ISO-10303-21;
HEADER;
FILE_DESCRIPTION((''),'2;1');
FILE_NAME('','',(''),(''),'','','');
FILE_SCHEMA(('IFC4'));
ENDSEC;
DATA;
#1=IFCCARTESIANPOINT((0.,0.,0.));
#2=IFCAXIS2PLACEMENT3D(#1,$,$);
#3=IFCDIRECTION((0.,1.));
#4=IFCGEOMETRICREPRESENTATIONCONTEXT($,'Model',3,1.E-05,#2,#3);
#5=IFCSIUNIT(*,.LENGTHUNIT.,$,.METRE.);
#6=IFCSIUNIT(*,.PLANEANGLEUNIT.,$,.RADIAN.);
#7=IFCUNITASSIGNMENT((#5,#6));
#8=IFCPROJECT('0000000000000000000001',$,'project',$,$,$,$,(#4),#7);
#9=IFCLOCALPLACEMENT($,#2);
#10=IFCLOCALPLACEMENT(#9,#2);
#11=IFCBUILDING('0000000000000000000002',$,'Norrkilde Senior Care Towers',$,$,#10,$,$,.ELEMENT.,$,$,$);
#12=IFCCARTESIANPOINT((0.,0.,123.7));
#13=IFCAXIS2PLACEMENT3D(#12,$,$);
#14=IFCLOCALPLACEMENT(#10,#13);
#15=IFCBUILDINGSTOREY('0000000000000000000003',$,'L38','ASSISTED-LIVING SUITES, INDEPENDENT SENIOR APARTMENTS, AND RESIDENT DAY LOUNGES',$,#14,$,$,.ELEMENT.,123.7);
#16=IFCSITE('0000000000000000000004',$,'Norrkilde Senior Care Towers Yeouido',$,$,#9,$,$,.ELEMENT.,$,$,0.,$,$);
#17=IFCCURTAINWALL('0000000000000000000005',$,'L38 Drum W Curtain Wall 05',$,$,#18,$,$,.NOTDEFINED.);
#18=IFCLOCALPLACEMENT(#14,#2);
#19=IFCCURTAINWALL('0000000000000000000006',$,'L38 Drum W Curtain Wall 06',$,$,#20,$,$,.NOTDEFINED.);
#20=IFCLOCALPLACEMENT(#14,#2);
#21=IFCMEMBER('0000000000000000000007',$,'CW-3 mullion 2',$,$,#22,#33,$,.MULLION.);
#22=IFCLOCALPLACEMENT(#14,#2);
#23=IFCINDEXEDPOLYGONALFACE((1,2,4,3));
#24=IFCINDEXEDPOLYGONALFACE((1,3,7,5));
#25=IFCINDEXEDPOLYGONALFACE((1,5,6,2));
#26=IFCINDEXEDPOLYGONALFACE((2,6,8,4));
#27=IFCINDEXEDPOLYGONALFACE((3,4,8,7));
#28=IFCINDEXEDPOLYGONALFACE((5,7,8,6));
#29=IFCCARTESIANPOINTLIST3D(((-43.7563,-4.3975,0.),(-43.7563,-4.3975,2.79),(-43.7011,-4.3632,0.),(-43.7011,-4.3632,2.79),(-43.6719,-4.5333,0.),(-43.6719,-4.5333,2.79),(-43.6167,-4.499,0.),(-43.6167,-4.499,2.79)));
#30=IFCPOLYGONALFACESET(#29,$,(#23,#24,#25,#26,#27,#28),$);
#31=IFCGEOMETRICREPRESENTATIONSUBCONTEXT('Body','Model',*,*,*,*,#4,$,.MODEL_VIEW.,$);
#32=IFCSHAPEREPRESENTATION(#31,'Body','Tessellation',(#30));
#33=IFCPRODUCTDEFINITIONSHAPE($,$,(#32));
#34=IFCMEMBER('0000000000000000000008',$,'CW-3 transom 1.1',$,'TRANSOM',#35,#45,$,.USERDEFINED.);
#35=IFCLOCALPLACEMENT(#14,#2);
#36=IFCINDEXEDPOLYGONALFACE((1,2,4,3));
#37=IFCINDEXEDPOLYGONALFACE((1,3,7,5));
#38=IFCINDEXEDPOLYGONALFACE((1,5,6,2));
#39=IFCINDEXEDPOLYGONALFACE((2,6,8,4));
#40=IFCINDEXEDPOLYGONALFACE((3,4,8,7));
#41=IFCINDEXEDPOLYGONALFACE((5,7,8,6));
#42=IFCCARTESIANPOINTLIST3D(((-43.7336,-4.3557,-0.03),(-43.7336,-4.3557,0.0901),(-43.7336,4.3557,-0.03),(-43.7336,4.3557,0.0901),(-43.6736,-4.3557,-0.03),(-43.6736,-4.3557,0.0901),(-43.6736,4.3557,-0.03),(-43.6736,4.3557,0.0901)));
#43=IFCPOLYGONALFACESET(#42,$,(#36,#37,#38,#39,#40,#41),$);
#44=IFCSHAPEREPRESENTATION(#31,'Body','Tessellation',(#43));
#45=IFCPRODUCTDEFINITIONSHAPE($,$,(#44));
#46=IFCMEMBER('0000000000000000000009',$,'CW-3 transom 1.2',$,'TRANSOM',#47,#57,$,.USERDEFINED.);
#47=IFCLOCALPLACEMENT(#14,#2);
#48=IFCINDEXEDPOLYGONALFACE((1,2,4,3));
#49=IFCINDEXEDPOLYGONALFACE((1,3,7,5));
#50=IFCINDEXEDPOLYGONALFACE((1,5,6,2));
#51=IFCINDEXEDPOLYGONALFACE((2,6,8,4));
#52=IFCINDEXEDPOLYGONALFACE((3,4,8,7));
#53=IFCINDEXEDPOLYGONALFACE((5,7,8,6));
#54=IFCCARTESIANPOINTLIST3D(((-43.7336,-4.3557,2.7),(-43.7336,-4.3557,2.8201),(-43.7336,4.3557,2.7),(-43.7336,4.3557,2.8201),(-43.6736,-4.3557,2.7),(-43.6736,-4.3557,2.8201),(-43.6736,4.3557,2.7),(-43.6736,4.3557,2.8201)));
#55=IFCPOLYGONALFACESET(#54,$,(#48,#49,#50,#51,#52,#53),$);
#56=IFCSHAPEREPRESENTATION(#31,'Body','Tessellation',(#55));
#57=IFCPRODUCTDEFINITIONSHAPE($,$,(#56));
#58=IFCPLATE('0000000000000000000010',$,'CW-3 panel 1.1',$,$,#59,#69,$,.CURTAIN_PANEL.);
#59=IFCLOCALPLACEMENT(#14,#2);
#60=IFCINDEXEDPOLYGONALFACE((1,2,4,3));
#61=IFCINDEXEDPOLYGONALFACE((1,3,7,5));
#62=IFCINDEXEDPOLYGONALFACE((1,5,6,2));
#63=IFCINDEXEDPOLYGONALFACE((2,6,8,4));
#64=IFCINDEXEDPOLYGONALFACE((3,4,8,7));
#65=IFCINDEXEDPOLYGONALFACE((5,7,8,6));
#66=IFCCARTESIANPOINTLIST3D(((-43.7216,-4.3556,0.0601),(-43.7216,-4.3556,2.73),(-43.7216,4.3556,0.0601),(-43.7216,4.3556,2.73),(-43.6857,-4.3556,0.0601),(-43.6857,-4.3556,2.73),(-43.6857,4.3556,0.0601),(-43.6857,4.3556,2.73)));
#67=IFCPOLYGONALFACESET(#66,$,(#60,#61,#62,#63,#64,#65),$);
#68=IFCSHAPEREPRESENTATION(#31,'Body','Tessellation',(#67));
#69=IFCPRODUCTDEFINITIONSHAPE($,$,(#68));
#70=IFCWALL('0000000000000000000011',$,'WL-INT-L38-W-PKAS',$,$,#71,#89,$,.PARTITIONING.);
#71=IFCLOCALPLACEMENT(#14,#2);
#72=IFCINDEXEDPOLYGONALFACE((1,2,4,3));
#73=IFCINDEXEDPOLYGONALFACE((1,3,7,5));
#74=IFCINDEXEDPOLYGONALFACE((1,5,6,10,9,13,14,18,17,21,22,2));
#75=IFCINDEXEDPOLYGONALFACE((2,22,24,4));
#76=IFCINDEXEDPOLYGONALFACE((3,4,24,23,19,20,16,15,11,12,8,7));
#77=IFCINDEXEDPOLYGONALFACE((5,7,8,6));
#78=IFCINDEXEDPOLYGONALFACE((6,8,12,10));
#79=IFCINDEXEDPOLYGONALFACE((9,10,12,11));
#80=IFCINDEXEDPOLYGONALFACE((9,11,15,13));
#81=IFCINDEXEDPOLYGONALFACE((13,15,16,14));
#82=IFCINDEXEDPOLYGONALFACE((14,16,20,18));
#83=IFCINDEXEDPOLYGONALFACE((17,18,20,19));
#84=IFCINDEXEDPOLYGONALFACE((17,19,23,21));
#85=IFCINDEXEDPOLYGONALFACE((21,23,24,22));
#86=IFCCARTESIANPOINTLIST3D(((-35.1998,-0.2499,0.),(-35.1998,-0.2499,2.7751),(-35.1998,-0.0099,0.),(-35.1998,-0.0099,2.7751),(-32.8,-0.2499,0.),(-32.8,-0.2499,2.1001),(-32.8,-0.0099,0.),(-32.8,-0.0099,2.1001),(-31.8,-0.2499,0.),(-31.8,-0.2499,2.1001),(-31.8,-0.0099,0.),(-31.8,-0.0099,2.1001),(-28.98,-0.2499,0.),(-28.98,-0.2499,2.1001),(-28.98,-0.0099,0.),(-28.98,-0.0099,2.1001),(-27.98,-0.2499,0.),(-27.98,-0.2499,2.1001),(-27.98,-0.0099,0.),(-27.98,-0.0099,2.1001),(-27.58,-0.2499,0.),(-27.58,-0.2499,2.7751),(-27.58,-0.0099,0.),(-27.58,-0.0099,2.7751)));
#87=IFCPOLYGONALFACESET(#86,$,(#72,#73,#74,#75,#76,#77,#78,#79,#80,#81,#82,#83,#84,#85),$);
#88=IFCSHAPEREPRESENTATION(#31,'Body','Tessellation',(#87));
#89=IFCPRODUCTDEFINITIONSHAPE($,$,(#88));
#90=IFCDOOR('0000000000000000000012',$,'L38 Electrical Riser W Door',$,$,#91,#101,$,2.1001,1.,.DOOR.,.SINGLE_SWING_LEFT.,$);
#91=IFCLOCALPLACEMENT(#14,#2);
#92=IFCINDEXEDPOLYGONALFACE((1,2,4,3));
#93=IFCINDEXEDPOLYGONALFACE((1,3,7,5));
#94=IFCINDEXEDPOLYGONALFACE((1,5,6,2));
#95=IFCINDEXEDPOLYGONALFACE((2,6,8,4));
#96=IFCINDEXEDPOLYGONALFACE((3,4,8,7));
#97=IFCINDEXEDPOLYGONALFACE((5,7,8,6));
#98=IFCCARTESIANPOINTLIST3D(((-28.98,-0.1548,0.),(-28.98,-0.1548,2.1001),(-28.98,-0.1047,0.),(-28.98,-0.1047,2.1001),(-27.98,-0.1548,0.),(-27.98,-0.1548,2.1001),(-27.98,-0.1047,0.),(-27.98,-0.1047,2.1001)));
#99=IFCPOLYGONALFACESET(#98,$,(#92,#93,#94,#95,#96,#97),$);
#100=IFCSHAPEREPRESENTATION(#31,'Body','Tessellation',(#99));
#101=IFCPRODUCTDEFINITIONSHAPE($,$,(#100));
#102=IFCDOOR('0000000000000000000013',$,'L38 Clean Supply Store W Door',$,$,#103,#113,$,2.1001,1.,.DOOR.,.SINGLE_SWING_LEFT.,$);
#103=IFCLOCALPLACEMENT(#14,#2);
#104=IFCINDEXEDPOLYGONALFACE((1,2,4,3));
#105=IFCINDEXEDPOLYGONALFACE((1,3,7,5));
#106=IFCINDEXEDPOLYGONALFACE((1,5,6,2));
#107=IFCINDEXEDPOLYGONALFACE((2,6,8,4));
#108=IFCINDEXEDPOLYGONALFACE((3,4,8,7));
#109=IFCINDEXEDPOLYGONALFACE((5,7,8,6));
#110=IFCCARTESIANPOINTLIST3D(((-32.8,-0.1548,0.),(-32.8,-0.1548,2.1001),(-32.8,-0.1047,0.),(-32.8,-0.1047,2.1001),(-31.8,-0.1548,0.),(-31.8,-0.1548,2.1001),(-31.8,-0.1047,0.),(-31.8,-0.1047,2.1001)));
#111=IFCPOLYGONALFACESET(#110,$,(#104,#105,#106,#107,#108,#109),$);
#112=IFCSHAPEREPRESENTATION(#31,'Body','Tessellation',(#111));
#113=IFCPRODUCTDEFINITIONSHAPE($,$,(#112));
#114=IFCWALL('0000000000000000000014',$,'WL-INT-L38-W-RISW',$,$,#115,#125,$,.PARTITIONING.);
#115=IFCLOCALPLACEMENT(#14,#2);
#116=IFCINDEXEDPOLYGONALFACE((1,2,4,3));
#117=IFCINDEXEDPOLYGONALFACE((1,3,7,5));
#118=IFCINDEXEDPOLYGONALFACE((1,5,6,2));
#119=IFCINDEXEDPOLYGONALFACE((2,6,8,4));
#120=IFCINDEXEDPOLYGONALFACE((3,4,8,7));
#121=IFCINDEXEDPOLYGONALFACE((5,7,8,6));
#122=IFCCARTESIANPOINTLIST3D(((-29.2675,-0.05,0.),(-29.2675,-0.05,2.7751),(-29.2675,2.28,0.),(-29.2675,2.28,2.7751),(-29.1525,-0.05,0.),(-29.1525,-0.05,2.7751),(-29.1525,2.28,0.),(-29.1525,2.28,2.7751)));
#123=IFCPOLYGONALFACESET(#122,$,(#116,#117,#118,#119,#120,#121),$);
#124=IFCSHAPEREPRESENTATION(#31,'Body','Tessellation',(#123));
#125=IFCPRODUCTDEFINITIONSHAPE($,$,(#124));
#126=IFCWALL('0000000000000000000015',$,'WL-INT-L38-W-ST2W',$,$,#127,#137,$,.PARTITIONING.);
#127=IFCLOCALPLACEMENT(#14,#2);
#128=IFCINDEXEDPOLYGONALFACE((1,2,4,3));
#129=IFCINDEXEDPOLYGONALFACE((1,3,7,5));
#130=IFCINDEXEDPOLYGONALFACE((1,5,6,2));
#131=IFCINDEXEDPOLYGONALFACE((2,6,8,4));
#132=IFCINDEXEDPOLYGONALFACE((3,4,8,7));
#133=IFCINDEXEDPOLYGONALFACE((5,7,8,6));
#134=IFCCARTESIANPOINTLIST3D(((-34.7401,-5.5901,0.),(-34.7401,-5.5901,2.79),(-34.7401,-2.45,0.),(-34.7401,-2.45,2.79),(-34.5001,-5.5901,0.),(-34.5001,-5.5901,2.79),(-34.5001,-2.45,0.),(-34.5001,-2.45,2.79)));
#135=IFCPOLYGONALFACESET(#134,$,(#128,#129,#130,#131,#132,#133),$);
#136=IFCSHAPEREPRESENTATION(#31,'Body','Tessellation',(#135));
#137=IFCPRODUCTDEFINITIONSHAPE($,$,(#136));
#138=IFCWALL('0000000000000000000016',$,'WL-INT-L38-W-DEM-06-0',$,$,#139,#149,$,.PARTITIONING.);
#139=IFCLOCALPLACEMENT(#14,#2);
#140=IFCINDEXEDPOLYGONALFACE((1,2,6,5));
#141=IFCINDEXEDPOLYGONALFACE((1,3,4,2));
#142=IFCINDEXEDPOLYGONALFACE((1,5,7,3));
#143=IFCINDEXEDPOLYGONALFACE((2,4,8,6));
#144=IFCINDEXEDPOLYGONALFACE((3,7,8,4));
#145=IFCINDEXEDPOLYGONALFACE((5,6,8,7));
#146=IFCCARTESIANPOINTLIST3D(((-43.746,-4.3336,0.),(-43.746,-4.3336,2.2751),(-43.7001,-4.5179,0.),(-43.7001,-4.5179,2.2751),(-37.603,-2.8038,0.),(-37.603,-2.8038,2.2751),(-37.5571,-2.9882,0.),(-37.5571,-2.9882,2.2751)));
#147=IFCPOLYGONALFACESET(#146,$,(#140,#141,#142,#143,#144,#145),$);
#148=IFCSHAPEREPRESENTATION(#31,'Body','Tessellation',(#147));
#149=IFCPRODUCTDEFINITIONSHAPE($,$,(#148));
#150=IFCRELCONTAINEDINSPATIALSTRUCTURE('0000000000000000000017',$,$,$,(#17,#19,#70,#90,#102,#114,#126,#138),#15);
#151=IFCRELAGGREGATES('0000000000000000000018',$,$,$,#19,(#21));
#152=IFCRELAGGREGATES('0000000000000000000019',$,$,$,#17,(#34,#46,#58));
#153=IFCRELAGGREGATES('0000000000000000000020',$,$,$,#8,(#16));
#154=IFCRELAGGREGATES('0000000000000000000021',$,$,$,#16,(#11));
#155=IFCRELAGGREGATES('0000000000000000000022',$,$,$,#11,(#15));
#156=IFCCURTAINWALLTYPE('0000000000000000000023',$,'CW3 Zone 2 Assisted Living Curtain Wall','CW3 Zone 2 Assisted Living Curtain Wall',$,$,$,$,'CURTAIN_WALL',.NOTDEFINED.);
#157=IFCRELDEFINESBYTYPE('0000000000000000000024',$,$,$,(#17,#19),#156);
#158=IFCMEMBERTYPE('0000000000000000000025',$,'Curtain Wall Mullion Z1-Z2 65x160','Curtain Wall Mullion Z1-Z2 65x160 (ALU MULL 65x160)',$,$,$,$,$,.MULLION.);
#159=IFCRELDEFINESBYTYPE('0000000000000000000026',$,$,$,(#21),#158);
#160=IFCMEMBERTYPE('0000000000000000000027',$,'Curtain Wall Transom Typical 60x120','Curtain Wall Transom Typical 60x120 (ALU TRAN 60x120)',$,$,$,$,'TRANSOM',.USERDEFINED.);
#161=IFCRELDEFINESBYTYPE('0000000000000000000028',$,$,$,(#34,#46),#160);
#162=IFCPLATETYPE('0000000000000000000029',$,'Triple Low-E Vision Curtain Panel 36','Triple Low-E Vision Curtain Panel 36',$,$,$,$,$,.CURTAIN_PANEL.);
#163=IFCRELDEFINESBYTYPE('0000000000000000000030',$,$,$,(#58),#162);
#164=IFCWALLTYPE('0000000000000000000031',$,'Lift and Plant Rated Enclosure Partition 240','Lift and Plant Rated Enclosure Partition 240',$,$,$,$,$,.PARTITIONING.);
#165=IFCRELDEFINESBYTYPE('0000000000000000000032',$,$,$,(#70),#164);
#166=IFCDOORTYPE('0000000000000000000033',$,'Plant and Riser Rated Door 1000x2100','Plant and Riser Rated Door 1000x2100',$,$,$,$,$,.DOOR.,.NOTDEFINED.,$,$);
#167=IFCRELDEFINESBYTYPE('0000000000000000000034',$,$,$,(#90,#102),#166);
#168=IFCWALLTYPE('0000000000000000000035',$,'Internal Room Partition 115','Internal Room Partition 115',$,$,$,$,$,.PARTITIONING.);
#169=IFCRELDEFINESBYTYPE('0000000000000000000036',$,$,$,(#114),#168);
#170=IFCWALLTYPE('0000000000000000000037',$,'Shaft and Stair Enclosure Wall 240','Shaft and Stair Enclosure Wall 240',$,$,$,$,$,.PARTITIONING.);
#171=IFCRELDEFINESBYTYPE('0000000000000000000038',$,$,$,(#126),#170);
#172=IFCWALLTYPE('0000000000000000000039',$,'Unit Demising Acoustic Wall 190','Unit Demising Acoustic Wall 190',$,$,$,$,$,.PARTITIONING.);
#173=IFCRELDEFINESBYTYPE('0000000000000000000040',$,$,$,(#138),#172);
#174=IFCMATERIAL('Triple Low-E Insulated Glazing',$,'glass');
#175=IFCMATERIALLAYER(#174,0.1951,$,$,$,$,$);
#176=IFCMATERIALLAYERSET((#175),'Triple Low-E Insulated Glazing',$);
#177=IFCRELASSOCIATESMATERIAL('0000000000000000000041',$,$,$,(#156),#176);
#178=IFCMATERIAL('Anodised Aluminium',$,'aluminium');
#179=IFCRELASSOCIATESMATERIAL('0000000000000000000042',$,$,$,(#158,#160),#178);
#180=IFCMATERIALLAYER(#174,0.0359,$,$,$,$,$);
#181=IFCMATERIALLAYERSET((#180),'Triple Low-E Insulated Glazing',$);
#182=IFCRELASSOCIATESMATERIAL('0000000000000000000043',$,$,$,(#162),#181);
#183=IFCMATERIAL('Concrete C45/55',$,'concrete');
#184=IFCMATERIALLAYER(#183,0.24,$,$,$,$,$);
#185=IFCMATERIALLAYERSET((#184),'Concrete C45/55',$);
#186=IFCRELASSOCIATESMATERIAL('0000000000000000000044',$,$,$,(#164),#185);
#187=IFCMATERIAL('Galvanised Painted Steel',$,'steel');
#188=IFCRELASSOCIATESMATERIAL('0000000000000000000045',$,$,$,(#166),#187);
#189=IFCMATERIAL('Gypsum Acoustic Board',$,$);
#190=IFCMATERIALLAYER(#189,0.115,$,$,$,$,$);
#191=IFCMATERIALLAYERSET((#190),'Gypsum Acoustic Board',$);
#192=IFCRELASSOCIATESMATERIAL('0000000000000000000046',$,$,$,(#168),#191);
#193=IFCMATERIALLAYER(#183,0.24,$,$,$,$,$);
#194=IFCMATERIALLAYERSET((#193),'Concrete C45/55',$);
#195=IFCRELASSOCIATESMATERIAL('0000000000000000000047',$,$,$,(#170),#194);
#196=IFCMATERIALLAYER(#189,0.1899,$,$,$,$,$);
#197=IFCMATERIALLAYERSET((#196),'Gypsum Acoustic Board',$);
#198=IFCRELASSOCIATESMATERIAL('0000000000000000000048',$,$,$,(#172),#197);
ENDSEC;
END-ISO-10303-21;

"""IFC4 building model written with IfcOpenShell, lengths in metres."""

from ifc_helpers import new_model, si_unit, direction, frame, frame_2d, origin, origin_2d, place, context, subcontext, project, spatial, rectangle, extrude, source, transform, mapped, material, layer, layer_set, material_profile, profile_set, type_object, type_shapes, element, fill, aggregate, save


model = new_model("IFC4")

# Units and contexts
model_context = context("Model", 3, precision=1e-05, world=origin(), true_north=direction((0.0, 1.0)))
body_context = subcontext(model_context, "Body", "Model", "MODEL_VIEW")
ifc_project = project(units=[si_unit("LENGTHUNIT", "METRE"), si_unit("PLANEANGLEUNIT", "RADIAN")], contexts=[model_context])

# Site, building, storey
site_placement = place(None, origin())
site = spatial("IfcSite", under=ifc_project, at=site_placement, Name="Norrkilde Senior Care Towers Yeouido", CompositionType="ELEMENT", RefElevation=0.0)
building_placement = place(site_placement, origin())
building = spatial("IfcBuilding", under=site, at=building_placement, Name="Norrkilde Senior Care Towers", CompositionType="ELEMENT")
storey_placement = place(building_placement, frame((0.0, 0.0, 123.7)))
storey = spatial("IfcBuildingStorey", under=building, at=storey_placement, Name="L38", Description="ASSISTED-LIVING SUITES, INDEPENDENT SENIOR APARTMENTS, AND RESIDENT DAY LOUNGES", CompositionType="ELEMENT", Elevation=123.7)

# Curtain walls, member
ifc_material_1 = material(Name="Triple Low-E Insulated Glazing", Category="glass")
ifc_layer_1 = layer(ifc_material_1, 0.1951)
ifc_layer_set_1 = layer_set([ifc_layer_1], Name="Triple Low-E Insulated Glazing")
curtain_wall_type = type_object("IfcCurtainWallType", Name="CW3 Zone 2 Assisted Living Curtain Wall", Description="CW3 Zone 2 Assisted Living Curtain Wall", ElementType="CURTAIN_WALL", PredefinedType="NOTDEFINED", material=ifc_layer_set_1)
curtain_wall_1_placement = place(storey_placement, origin())
curtain_wall_1 = element("IfcCurtainWall", 1, at=curtain_wall_1_placement, inside=storey, type_object=curtain_wall_type, Name="L38 Drum W Curtain Wall 05", PredefinedType="NOTDEFINED")
ifc_material_2 = material(Name="Anodised Aluminium", Category="aluminium")
ifc_material_profile_1 = material_profile(ifc_material_2, rectangle(XDim=0.0649, YDim=0.1599, at=origin_2d()), Name="ALU MULL 65x160")
ifc_profile_set_1 = profile_set([ifc_material_profile_1], Name="Anodised Aluminium")
member_type_1 = type_object("IfcMemberType", Name="Curtain Wall Mullion Z1-Z2 65x160", Description="Curtain Wall Mullion Z1-Z2 65x160 (ALU MULL 65x160)", PredefinedType="MULLION", material=ifc_profile_set_1)
shared_shape_1 = source(origin(), body_context, "Body", "SweptSolid", [
    extrude(rectangle(XDim=0.0649, YDim=0.1599, at=origin_2d()), origin(), (0.0, 0.0, 1.0), 2.79),
])
type_shapes(member_type_1, [shared_shape_1])
curtain_wall_2_placement = place(storey_placement, origin())
curtain_wall_2 = element("IfcCurtainWall", 2, at=curtain_wall_2_placement, inside=storey, type_object=curtain_wall_type, Name="L38 Drum W Curtain Wall 06", PredefinedType="NOTDEFINED")
member_1_placement = place(storey_placement, frame((-43.6865, -4.4482, 0.0), z_axis=(0.0, 0.0, 1.0), x_axis=(-0.84941, -0.527733, 0.0)))
member_1 = element("IfcMember", 3, at=member_1_placement, type_object=member_type_1, Name="CW-3 mullion 2", PredefinedType="MULLION", context=body_context, shape_type="MappedRepresentation", body=[
    mapped(shared_shape_1, transform((0.0, 0.0, 0.0), x_axis=(1.0, 0.0, 0.0), y_axis=(0.0, 1.0, 0.0), z_axis=(0.0, 0.0, 1.0), scale=1.0)),
])
aggregate(curtain_wall_2, [member_1])

# Members
ifc_material_profile_2 = material_profile(ifc_material_2, rectangle(XDim=0.0601, YDim=0.1201, at=origin_2d()), Name="ALU TRAN 60x120")
ifc_profile_set_2 = profile_set([ifc_material_profile_2], Name="Anodised Aluminium")
member_type_2 = type_object("IfcMemberType", Name="Curtain Wall Transom Typical 60x120", Description="Curtain Wall Transom Typical 60x120 (ALU TRAN 60x120)", ElementType="TRANSOM", PredefinedType="USERDEFINED", material=ifc_profile_set_2)
shared_shape_2 = source(origin(), body_context, "Body", "SweptSolid", [
    extrude(rectangle(XDim=0.0601, YDim=0.1201, at=origin_2d()), origin(), (0.0, 0.0, 1.0), 8.7114),
])
type_shapes(member_type_2, [shared_shape_2])
member_2_placement = place(storey_placement, frame((-43.7036, -4.3557, 0.03), z_axis=(0.0, 1.0, 0.0), x_axis=(-1.0, 0.0, 0.0)))
member_2 = element("IfcMember", 4, at=member_2_placement, type_object=member_type_2, Name="CW-3 transom 1.1", ObjectType="TRANSOM", PredefinedType="USERDEFINED", context=body_context, shape_type="MappedRepresentation", body=[
    mapped(shared_shape_2, transform((0.0, 0.0, 0.0), x_axis=(1.0, 0.0, 0.0), y_axis=(0.0, 1.0, 0.0), z_axis=(0.0, 0.0, 1.0), scale=1.0)),
])
member_3_placement = place(storey_placement, frame((-43.7036, -4.3557, 2.76), z_axis=(0.0, 1.0, 0.0), x_axis=(-1.0, 0.0, 0.0)))
member_3 = element("IfcMember", 5, at=member_3_placement, type_object=member_type_2, Name="CW-3 transom 1.2", ObjectType="TRANSOM", PredefinedType="USERDEFINED", context=body_context, shape_type="MappedRepresentation", body=[
    mapped(shared_shape_2, transform((0.0, 0.0, 0.0), x_axis=(1.0, 0.0, 0.0), y_axis=(0.0, 1.0, 0.0), z_axis=(0.0, 0.0, 1.0), scale=1.0)),
])

# Plate
ifc_layer_2 = layer(ifc_material_1, 0.0359)
ifc_layer_set_2 = layer_set([ifc_layer_2], Name="Triple Low-E Insulated Glazing")
plate_type = type_object("IfcPlateType", Name="Triple Low-E Vision Curtain Panel 36", Description="Triple Low-E Vision Curtain Panel 36", PredefinedType="CURTAIN_PANEL", material=ifc_layer_set_2)
shared_shape_3 = source(origin(), body_context, "Body", "SweptSolid", [
    extrude(rectangle(XDim=8.7112, YDim=0.0359, at=origin_2d()), origin(), (0.0, 0.0, 1.0), 2.6699),
])
type_shapes(plate_type, [shared_shape_3])
plate_placement = place(storey_placement, frame((-43.7036, 0.0, 0.0601), z_axis=(0.0, 0.0, 1.0), x_axis=(0.0, 1.0, 0.0)))
plate = element("IfcPlate", 6, at=plate_placement, type_object=plate_type, Name="CW-3 panel 1.1", PredefinedType="CURTAIN_PANEL", context=body_context, shape_type="MappedRepresentation", body=[
    mapped(shared_shape_3, transform((0.0, 0.0, 0.0), x_axis=(1.0, 0.0, 0.0), y_axis=(0.0, 1.0, 0.0), z_axis=(0.0, 0.0, 1.0), scale=1.0)),
])
aggregate(curtain_wall_1, [member_2, member_3, plate])

# Shared definitions
ifc_material_3 = material(Name="Galvanised Painted Steel", Category="steel")

# Wall, openings, doors
ifc_material_4 = material(Name="Concrete C45/55", Category="concrete")
ifc_layer_3 = layer(ifc_material_4, 0.24)
ifc_layer_set_3 = layer_set([ifc_layer_3], Name="Concrete C45/55")
wall_type_1 = type_object("IfcWallType", Name="Lift and Plant Rated Enclosure Partition 240", Description="Lift and Plant Rated Enclosure Partition 240", PredefinedType="PARTITIONING", material=ifc_layer_set_3)
shared_shape_4 = source(origin(), body_context, "Body", "SweptSolid", [
    extrude(rectangle(XDim=7.6199, YDim=0.24, at=frame_2d((3.8101, 0.0))), origin(), (0.0, 0.0, 1.0), 2.7751),
])
type_shapes(wall_type_1, [shared_shape_4])
wall_1_placement = place(storey_placement, frame((-35.2, -0.1299, 0.0), z_axis=(0.0, 0.0, 1.0), x_axis=(1.0, 0.0, 0.0)))
wall_1 = element("IfcWall", 7, at=wall_1_placement, inside=storey, type_object=wall_type_1, Name="WL-INT-L38-W-PKAS", PredefinedType="PARTITIONING", context=body_context, shape_type="MappedRepresentation", body=[
    mapped(shared_shape_4, transform((0.0, 0.0, 0.0), x_axis=(1.0, 0.0, 0.0), y_axis=(0.0, 1.0, 0.0), z_axis=(0.0, 0.0, 1.0), scale=1.0)),
])
opening_1_placement = place(wall_1_placement, frame((6.22, 0.0, 0.0)))
opening_1 = element("IfcOpeningElement", 8, at=opening_1_placement, cuts=wall_1, PredefinedType="OPENING", context=body_context, shape_type="SweptSolid", body=[
    extrude(rectangle(XDim=1.0, YDim=2.1001, at=frame_2d((0.5, 1.05))), frame((0.0, 0.1299, 0.0), z_axis=(0.0, -1.0, 0.0), x_axis=(1.0, 0.0, 0.0)), (0.0, 0.0, 1.0), 0.26),
])
opening_2_placement = place(wall_1_placement, frame((2.3999, 0.0, 0.0)))
opening_2 = element("IfcOpeningElement", 9, at=opening_2_placement, cuts=wall_1, PredefinedType="OPENING", context=body_context, shape_type="SweptSolid", body=[
    extrude(rectangle(XDim=1.0, YDim=2.1001, at=frame_2d((0.5, 1.05))), frame((0.0, 0.1299, 0.0), z_axis=(0.0, -1.0, 0.0), x_axis=(1.0, 0.0, 0.0)), (0.0, 0.0, 1.0), 0.26),
])
door_type_1 = type_object("IfcDoorType", Name="Plant and Riser Rated Door 1000x2100", Description="Plant and Riser Rated Door 1000x2100", OperationType="NOTDEFINED", PredefinedType="DOOR", material=ifc_material_3)
shared_shape_5 = source(origin(), body_context, "Body", "SweptSolid", [
    extrude(rectangle(XDim=1.0, YDim=2.1001, at=frame_2d((0.5, 1.05))), frame((0.0, 0.0249, 0.0), z_axis=(0.0, -1.0, 0.0), x_axis=(1.0, 0.0, 0.0)), (0.0, 0.0, 1.0), 0.05),
])
type_shapes(door_type_1, [shared_shape_5])
door_1_placement = place(opening_1_placement, frame((1.0, 0.0, 0.0), z_axis=(0.0, 0.0, 1.0), x_axis=(-1.0, 0.0, 0.0)))
door_1 = element("IfcDoor", 10, at=door_1_placement, inside=storey, type_object=door_type_1, Name="L38 Electrical Riser W Door", OperationType="SINGLE_SWING_LEFT", OverallHeight=2.1001, OverallWidth=1.0, PredefinedType="DOOR", context=body_context, shape_type="MappedRepresentation", body=[
    mapped(shared_shape_5, transform((0.0, 0.0, 0.0), x_axis=(1.0, 0.0, 0.0), y_axis=(0.0, 1.0, 0.0), z_axis=(0.0, 0.0, 1.0), scale=1.0)),
])
fill(opening_1, door_1)
door_2_placement = place(opening_2_placement, frame((1.0, 0.0, 0.0), z_axis=(0.0, 0.0, 1.0), x_axis=(-1.0, 0.0, 0.0)))
door_2 = element("IfcDoor", 11, at=door_2_placement, inside=storey, type_object=door_type_1, Name="L38 Clean Supply Store W Door", OperationType="SINGLE_SWING_LEFT", OverallHeight=2.1001, OverallWidth=1.0, PredefinedType="DOOR", context=body_context, shape_type="MappedRepresentation", body=[
    mapped(shared_shape_5, transform((0.0, 0.0, 0.0), x_axis=(1.0, 0.0, 0.0), y_axis=(0.0, 1.0, 0.0), z_axis=(0.0, 0.0, 1.0), scale=1.0)),
])
fill(opening_2, door_2)

# Wall
ifc_material_5 = material(Name="Gypsum Acoustic Board")
ifc_layer_4 = layer(ifc_material_5, 0.115)
ifc_layer_set_4 = layer_set([ifc_layer_4], Name="Gypsum Acoustic Board")
wall_type_2 = type_object("IfcWallType", Name="Internal Room Partition 115", Description="Internal Room Partition 115", PredefinedType="PARTITIONING", material=ifc_layer_set_4)
shared_shape_6 = source(origin(), body_context, "Body", "SweptSolid", [
    extrude(rectangle(XDim=2.3301, YDim=0.115, at=frame_2d((1.165, 0.0))), origin(), (0.0, 0.0, 1.0), 2.7751),
])
type_shapes(wall_type_2, [shared_shape_6])
wall_2_placement = place(storey_placement, frame((-29.21, -0.05, 0.0), z_axis=(0.0, 0.0, 1.0), x_axis=(0.0, 1.0, 0.0)))
element("IfcWall", 12, at=wall_2_placement, inside=storey, type_object=wall_type_2, Name="WL-INT-L38-W-RISW", PredefinedType="PARTITIONING", context=body_context, shape_type="MappedRepresentation", body=[
    mapped(shared_shape_6, transform((0.0, 0.0, 0.0), x_axis=(1.0, 0.0, 0.0), y_axis=(0.0, 1.0, 0.0), z_axis=(0.0, 0.0, 1.0), scale=1.0)),
])

# Shared definitions
ifc_layer_5 = layer(ifc_material_4, 0.24)
ifc_layer_set_5 = layer_set([ifc_layer_5], Name="Concrete C45/55")
wall_type_3 = type_object("IfcWallType", Name="Shaft and Stair Enclosure Wall 240", Description="Shaft and Stair Enclosure Wall 240", PredefinedType="PARTITIONING", material=ifc_layer_set_5)

# Walls
shared_shape_7 = source(origin(), body_context, "Body", "SweptSolid", [
    extrude(rectangle(XDim=3.1401, YDim=0.24, at=frame_2d((1.5701, 0.0))), origin(), (0.0, 0.0, 1.0), 2.79),
])
wall_3_placement = place(storey_placement, frame((-34.6201, -5.5901, 0.0), z_axis=(0.0, 0.0, 1.0), x_axis=(0.0, 1.0, 0.0)))
element("IfcWall", 13, at=wall_3_placement, inside=storey, type_object=wall_type_3, Name="WL-INT-L38-W-ST2W", PredefinedType="PARTITIONING", context=body_context, shape_type="MappedRepresentation", body=[
    mapped(shared_shape_7, transform((0.0, 0.0, 0.0), x_axis=(1.0, 0.0, 0.0), y_axis=(0.0, 1.0, 0.0), z_axis=(0.0, 0.0, 1.0), scale=1.0)),
])
ifc_layer_6 = layer(ifc_material_5, 0.1899)
ifc_layer_set_6 = layer_set([ifc_layer_6], Name="Gypsum Acoustic Board")
wall_type_4 = type_object("IfcWallType", Name="Unit Demising Acoustic Wall 190", Description="Unit Demising Acoustic Wall 190", PredefinedType="PARTITIONING", material=ifc_layer_set_6)
shared_shape_8 = source(origin(), body_context, "Body", "SweptSolid", [
    extrude(rectangle(XDim=6.3306, YDim=0.1899, at=frame_2d((3.1653, 0.0))), origin(), (0.0, 0.0, 1.0), 2.2751),
])
type_shapes(wall_type_4, [shared_shape_8])
wall_4_placement = place(storey_placement, frame((-37.5801, -2.896, 0.0), z_axis=(0.0, 0.0, 1.0), x_axis=(-0.970364, -0.241646, 0.0)))
element("IfcWall", 14, at=wall_4_placement, inside=storey, type_object=wall_type_4, Name="WL-INT-L38-W-DEM-06-0", PredefinedType="PARTITIONING", context=body_context, shape_type="MappedRepresentation", body=[
    mapped(shared_shape_8, transform((0.0, 0.0, 0.0), x_axis=(1.0, 0.0, 0.0), y_axis=(0.0, 1.0, 0.0), z_axis=(0.0, 0.0, 1.0), scale=1.0)),
])

save(model, "model.ifc")
